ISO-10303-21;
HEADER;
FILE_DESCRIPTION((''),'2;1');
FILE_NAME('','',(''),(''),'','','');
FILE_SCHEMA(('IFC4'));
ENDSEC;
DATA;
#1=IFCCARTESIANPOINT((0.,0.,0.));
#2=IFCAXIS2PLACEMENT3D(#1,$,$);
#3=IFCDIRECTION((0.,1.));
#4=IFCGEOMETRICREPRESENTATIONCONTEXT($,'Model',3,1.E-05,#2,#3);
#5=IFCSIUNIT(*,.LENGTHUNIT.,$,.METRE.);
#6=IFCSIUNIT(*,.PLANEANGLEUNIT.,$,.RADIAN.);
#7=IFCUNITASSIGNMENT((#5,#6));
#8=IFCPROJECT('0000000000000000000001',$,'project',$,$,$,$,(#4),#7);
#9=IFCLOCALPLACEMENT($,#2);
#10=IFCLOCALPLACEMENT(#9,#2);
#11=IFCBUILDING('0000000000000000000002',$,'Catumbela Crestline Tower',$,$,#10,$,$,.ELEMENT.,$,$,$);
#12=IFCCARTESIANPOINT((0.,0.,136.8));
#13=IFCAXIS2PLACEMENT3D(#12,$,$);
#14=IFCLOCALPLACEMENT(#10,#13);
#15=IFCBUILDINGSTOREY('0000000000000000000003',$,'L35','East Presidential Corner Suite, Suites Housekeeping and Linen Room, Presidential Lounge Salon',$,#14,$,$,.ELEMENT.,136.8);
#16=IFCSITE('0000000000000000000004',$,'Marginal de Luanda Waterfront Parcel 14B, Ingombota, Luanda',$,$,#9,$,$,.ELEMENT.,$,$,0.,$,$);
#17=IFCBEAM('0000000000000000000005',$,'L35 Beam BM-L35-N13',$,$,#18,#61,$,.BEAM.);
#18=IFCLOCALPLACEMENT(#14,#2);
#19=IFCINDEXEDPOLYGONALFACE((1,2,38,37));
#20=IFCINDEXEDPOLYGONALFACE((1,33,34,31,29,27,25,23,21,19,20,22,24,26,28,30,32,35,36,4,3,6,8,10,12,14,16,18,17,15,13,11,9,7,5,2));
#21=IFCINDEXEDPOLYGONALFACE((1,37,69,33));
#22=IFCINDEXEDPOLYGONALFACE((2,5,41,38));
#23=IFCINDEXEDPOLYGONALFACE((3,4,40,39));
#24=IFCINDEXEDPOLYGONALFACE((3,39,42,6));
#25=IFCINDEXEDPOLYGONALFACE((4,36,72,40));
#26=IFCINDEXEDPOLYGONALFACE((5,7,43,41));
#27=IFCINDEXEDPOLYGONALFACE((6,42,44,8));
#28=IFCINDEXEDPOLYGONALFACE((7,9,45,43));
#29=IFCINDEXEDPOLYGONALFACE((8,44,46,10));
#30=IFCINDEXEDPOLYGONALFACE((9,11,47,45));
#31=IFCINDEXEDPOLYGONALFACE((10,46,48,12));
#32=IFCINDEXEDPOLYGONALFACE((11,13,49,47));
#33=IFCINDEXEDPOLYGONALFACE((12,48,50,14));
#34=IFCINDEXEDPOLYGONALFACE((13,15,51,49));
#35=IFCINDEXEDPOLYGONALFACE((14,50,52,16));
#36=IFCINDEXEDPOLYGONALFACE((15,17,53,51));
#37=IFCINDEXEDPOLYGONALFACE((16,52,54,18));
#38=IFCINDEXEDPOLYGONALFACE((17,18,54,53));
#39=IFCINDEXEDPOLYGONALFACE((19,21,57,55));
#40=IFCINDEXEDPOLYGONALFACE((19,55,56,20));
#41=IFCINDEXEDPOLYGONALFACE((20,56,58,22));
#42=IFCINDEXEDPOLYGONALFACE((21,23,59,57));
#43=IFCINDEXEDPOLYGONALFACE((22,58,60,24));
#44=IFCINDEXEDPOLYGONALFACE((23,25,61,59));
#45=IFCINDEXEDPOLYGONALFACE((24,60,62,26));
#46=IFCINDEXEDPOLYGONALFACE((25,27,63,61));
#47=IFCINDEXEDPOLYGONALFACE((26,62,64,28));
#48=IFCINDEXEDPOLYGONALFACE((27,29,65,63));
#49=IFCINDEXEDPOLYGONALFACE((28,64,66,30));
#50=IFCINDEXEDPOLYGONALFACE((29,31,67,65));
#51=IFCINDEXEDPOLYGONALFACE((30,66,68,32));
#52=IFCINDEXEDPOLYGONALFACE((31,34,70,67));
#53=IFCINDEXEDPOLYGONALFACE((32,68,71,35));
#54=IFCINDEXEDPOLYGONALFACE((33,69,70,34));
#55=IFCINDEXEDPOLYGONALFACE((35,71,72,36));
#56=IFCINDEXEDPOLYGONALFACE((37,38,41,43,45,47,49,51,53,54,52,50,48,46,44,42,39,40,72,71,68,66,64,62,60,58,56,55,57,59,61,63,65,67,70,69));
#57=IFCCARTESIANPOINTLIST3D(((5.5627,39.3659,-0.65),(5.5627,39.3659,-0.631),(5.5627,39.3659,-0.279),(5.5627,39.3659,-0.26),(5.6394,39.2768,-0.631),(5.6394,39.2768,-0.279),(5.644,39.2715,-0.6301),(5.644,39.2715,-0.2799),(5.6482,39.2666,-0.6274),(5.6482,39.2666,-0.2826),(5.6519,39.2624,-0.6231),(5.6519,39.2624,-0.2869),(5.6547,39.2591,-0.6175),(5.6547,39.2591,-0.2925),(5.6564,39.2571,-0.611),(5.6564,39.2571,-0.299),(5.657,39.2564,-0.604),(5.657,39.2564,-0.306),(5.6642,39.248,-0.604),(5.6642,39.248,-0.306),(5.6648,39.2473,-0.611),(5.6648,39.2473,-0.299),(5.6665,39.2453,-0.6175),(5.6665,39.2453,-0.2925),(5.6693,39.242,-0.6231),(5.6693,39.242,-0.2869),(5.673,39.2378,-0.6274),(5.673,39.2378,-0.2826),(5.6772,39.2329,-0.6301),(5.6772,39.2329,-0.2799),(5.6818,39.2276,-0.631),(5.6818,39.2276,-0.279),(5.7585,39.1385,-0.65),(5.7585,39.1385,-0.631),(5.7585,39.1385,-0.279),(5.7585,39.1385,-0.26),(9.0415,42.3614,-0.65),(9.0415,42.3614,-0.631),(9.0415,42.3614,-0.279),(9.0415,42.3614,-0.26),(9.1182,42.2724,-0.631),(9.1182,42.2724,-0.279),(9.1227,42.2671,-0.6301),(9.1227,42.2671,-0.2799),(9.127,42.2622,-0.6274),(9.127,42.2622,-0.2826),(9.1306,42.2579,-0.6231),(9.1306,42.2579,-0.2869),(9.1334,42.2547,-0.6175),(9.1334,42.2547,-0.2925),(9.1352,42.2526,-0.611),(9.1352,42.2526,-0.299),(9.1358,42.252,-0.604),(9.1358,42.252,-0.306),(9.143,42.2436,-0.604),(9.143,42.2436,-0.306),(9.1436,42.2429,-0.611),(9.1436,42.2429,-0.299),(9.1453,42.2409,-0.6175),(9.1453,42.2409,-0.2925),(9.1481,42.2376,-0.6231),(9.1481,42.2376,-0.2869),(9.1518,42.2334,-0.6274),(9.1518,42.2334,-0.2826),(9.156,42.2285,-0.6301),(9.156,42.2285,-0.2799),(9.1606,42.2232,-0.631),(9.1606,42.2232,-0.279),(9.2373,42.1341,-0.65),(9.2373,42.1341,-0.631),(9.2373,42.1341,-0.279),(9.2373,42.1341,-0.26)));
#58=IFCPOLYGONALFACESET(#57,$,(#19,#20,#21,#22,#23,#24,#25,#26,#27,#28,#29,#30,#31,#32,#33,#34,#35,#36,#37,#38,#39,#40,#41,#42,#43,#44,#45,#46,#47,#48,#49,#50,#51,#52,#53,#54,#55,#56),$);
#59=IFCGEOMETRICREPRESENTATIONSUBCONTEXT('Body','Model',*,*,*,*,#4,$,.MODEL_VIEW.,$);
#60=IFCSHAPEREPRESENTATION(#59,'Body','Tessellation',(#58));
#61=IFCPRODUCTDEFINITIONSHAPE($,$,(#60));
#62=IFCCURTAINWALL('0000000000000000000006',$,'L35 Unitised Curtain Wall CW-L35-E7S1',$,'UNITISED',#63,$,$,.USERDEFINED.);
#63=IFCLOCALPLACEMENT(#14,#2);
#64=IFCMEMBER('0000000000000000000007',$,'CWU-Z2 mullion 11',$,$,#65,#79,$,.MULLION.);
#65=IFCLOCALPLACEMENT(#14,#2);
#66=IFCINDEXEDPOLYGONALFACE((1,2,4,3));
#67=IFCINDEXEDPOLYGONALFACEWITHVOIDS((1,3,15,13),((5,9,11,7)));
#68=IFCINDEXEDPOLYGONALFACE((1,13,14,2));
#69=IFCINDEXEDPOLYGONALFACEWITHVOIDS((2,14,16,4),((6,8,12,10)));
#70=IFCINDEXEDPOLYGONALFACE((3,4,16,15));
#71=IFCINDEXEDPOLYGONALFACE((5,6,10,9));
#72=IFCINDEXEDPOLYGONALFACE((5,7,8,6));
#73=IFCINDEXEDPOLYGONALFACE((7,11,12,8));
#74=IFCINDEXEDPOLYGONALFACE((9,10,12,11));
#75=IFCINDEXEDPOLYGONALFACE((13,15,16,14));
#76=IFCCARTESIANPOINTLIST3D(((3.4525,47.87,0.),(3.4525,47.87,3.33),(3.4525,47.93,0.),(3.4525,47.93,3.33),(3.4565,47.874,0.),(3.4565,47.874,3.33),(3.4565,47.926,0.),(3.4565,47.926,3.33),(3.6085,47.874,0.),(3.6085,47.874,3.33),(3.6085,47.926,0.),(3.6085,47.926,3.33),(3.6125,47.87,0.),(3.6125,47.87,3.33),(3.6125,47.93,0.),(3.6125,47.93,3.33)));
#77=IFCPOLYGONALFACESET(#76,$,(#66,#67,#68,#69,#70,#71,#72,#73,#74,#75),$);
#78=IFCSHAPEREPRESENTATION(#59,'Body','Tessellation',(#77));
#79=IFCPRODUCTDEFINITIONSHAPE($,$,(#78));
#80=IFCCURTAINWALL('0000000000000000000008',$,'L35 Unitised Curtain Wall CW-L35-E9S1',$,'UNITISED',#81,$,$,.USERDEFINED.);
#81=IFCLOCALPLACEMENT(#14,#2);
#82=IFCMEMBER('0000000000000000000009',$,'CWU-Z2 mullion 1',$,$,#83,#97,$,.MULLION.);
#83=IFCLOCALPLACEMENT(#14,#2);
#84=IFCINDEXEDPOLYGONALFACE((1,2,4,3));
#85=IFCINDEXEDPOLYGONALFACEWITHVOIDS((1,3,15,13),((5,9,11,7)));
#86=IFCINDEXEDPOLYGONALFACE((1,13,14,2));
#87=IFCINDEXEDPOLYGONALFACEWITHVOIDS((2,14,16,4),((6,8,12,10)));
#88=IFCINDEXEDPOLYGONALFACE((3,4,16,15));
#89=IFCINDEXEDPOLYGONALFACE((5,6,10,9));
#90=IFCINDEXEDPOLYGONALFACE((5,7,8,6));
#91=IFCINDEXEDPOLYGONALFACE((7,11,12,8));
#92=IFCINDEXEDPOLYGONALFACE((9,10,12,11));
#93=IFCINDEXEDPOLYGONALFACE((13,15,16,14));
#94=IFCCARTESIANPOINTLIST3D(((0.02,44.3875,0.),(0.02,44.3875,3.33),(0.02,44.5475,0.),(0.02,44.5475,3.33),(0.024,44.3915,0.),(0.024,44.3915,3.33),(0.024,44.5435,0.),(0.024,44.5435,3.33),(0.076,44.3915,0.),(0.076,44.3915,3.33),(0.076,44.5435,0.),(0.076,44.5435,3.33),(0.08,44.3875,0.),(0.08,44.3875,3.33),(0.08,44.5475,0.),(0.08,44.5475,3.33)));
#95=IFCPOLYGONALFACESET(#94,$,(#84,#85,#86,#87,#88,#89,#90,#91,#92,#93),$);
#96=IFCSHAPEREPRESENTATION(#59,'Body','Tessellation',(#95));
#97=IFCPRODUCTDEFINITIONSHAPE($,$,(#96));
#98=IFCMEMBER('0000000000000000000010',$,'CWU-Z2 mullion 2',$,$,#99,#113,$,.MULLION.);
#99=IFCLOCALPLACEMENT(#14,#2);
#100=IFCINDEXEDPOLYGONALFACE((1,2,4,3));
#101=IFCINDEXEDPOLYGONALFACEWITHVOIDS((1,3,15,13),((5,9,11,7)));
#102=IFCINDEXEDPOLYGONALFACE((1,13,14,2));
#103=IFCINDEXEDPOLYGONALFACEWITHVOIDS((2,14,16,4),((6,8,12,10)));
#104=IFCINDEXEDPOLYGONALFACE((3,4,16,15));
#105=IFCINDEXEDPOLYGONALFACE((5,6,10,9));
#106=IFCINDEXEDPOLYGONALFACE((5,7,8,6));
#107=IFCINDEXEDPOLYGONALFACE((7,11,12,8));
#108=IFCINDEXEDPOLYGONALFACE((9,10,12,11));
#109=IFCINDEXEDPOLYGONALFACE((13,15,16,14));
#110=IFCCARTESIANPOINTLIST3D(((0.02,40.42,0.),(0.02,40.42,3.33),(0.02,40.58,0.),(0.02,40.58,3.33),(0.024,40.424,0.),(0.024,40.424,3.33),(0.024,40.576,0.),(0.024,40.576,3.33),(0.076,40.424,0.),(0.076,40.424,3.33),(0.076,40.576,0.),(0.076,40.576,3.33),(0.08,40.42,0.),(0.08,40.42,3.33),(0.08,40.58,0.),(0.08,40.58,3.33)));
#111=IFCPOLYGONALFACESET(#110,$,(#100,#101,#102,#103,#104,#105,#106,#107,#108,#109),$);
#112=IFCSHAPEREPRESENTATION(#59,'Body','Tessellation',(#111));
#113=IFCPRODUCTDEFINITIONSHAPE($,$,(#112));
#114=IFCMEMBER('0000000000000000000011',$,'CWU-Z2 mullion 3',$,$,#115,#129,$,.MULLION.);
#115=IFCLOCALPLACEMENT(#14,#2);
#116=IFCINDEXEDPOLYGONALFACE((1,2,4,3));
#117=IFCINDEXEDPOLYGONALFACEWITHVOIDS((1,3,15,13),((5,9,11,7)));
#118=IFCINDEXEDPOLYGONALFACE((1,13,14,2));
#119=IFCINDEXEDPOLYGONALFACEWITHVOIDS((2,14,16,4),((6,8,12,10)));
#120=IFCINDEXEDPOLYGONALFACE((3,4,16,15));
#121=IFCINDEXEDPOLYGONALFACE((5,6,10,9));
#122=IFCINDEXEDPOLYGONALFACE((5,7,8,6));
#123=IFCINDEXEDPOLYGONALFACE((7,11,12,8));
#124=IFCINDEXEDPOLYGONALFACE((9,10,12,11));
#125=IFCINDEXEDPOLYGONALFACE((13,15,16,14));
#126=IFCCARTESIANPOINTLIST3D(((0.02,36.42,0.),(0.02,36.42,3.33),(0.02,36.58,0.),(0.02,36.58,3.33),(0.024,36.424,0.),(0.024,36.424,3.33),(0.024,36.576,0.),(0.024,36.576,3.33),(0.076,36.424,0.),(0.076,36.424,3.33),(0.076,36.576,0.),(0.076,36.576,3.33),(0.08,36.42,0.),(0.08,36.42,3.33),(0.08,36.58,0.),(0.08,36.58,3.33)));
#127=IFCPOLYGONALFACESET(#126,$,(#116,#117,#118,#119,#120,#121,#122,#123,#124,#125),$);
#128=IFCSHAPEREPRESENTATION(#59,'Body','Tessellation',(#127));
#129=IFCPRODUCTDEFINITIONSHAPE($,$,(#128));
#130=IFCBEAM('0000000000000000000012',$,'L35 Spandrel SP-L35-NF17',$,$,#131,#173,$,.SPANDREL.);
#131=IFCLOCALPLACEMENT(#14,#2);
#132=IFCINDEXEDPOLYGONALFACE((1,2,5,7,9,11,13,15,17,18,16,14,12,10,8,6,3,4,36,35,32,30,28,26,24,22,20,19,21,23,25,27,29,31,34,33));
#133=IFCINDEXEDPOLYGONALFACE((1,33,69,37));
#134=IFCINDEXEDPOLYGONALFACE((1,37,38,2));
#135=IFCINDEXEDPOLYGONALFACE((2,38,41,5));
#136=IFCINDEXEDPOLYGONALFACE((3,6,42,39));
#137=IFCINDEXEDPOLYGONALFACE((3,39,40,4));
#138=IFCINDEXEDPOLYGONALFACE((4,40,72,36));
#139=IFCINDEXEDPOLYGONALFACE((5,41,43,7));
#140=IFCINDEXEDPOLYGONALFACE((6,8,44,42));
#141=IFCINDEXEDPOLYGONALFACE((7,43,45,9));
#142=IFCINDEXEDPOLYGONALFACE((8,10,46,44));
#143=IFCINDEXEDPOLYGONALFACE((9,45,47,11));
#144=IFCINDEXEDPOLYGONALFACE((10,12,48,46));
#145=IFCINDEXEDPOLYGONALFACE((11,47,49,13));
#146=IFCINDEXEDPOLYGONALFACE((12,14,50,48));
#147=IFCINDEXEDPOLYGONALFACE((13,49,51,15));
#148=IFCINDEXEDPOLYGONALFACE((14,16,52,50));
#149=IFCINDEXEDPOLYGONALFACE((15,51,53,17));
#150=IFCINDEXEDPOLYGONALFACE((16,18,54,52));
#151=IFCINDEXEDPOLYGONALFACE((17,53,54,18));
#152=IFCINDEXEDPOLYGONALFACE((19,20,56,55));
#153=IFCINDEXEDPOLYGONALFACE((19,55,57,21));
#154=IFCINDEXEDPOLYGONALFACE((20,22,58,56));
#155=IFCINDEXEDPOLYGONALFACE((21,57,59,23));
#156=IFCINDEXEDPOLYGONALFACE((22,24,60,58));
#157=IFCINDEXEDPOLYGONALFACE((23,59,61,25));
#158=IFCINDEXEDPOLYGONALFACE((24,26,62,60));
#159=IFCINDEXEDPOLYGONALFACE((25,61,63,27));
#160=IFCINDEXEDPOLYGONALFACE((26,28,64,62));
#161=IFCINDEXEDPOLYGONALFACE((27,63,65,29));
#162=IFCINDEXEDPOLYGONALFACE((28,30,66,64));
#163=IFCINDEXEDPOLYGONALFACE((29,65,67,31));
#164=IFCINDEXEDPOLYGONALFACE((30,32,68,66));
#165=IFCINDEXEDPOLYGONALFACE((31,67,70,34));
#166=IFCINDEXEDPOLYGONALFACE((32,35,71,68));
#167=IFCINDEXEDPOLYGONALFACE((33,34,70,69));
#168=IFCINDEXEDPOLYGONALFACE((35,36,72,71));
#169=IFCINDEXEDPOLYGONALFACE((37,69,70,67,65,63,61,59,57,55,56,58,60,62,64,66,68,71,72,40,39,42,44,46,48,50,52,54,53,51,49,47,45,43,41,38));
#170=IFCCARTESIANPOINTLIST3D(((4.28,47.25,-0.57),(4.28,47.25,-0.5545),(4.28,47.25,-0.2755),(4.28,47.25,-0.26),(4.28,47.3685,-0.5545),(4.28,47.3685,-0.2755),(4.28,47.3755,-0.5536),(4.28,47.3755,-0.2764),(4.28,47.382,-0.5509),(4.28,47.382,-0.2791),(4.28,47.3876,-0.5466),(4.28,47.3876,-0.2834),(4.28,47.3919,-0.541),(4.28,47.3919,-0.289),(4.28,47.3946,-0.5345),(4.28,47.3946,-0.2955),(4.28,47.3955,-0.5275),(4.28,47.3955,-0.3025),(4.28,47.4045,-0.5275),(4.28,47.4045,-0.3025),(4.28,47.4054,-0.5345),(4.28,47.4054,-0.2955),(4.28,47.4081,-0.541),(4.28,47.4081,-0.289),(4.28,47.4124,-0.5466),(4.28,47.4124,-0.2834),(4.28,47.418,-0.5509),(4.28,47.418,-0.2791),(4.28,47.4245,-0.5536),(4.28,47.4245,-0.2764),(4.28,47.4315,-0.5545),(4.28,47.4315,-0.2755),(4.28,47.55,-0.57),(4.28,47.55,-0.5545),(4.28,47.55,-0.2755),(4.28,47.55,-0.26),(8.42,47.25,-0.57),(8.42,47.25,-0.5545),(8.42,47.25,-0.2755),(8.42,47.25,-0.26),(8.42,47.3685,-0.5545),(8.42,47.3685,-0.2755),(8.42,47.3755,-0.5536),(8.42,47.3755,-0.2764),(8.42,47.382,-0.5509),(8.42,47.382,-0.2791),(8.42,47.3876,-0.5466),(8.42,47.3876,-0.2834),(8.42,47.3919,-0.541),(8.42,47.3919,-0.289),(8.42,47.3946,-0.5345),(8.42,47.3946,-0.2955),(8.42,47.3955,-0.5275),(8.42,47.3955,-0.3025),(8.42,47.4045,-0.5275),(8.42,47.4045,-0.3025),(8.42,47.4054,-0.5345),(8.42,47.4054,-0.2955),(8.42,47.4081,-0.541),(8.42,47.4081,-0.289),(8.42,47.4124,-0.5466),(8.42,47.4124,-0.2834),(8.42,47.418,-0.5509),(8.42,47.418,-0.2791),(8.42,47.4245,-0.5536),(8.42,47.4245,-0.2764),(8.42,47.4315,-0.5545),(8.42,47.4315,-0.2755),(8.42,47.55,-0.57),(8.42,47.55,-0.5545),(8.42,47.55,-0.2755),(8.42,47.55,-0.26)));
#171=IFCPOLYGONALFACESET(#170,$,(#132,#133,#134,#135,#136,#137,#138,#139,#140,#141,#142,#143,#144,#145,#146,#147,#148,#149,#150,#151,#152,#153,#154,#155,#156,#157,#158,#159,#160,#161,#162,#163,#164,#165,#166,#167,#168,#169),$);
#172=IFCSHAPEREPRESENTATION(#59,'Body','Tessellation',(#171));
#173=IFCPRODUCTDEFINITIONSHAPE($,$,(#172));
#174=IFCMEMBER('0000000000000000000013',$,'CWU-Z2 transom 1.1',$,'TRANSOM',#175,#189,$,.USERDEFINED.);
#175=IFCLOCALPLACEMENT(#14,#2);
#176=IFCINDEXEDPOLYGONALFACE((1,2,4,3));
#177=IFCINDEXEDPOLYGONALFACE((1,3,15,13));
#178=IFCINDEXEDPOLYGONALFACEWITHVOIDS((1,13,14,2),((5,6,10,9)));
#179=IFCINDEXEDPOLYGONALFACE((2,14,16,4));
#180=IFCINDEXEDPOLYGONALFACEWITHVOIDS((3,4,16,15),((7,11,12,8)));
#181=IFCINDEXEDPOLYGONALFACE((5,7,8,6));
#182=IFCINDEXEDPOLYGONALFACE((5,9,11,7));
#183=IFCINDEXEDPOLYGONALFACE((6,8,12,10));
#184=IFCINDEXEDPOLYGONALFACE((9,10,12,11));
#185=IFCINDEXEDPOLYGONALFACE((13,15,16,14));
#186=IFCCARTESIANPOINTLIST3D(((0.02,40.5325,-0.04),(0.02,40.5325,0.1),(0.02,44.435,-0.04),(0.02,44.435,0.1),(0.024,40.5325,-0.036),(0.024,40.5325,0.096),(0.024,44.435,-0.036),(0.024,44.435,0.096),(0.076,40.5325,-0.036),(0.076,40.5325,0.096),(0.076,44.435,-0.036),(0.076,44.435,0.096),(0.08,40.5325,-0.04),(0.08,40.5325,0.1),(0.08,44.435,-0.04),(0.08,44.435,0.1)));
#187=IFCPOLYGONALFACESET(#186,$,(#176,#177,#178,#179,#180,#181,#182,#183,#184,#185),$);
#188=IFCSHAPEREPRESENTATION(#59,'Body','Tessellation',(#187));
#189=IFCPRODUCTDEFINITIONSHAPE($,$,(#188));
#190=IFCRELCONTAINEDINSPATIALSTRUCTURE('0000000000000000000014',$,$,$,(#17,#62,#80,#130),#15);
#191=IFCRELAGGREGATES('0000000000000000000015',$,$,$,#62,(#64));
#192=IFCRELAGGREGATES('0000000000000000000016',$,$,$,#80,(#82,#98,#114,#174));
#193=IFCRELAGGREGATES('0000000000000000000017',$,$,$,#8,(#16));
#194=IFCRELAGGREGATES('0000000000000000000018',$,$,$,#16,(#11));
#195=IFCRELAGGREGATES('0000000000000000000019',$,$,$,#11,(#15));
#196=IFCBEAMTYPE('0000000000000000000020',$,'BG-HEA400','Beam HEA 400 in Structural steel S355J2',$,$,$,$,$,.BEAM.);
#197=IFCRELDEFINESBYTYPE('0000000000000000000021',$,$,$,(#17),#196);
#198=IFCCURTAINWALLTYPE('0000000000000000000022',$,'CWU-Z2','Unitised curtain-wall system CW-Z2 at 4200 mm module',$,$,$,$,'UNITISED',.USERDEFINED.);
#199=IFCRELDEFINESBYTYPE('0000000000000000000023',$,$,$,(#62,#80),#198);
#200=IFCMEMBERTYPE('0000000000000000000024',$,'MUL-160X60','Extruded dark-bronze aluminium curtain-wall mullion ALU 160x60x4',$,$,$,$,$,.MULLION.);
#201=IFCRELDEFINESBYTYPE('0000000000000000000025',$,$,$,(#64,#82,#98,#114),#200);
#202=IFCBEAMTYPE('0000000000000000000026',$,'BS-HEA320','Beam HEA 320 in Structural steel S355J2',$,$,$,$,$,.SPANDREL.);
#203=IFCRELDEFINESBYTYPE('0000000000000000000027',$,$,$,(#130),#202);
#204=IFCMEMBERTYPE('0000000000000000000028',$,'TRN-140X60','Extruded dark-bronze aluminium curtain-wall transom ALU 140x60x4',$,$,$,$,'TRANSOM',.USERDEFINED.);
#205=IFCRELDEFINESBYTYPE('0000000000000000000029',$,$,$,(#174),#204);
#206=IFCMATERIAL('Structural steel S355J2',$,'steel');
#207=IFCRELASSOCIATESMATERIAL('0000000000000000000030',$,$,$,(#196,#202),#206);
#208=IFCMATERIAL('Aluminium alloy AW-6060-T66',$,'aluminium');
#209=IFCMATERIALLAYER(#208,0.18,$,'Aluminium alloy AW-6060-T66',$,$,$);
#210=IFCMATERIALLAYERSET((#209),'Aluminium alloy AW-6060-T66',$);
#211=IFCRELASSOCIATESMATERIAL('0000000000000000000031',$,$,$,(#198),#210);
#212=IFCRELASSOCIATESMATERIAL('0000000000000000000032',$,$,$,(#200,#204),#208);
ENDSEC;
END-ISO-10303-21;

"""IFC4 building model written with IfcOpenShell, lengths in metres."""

from ifc_helpers import new_model, si_unit, direction, frame, origin, origin_2d, place, context, subcontext, project, spatial, hollow_rectangle, i_section, extrude, material, layer, layer_set, material_profile, profile_set, type_object, element, aggregate, save


model = new_model("IFC4")

# Units and contexts
model_context = context("Model", 3, precision=1e-05, world=origin(), true_north=direction((0.0, 1.0)))
body_context = subcontext(model_context, "Body", "Model", "MODEL_VIEW")
ifc_project = project(units=[si_unit("LENGTHUNIT", "METRE"), si_unit("PLANEANGLEUNIT", "RADIAN")], contexts=[model_context])

# Site, building, storey
site_placement = place(None, origin())
site = spatial("IfcSite", under=ifc_project, at=site_placement, Name="Marginal de Luanda Waterfront Parcel 14B, Ingombota, Luanda", CompositionType="ELEMENT", RefElevation=0.0)
building_placement = place(site_placement, origin())
building = spatial("IfcBuilding", under=site, at=building_placement, Name="Catumbela Crestline Tower", CompositionType="ELEMENT")
storey_placement = place(building_placement, frame((0.0, 0.0, 136.8)))
storey = spatial("IfcBuildingStorey", under=building, at=storey_placement, Name="L35", Description="East Presidential Corner Suite, Suites Housekeeping and Linen Room, Presidential Lounge Salon", CompositionType="ELEMENT", Elevation=136.8)

# Beam
ifc_material_1 = material(Name="Structural steel S355J2", Category="steel")
ifc_material_profile_1 = material_profile(ifc_material_1, i_section(OverallWidth=0.3, OverallDepth=0.39, WebThickness=0.011, FlangeThickness=0.019, FilletRadius=0.027, at=origin_2d()), Name="HEA 400")
ifc_profile_set_1 = profile_set([ifc_material_profile_1], Name="Structural steel S355J2")
beam_type_1 = type_object("IfcBeamType", Name="BG-HEA400", Description="Beam HEA 400 in Structural steel S355J2", PredefinedType="BEAM", material=ifc_profile_set_1)
beam_1_placement = place(storey_placement, frame((5.6606, 39.2522, -0.455), z_axis=(0.757772, 0.652519, 0.0), x_axis=(-0.652519, 0.757772, 0.0)))
element("IfcBeam", 1, at=beam_1_placement, inside=storey, type_object=beam_type_1, Name="L35 Beam BM-L35-N13", PredefinedType="BEAM", context=body_context, shape_type="SweptSolid", body=[
    extrude(i_section(OverallWidth=0.3, OverallDepth=0.39, WebThickness=0.011, FlangeThickness=0.019, FilletRadius=0.027, at=origin_2d()), origin(), (0.0, 0.0, 1.0), 4.5908),
])

# Curtain wall, member
ifc_material_2 = material(Name="Aluminium alloy AW-6060-T66", Category="aluminium")
ifc_layer_1 = layer(ifc_material_2, 0.18, Name="Aluminium alloy AW-6060-T66")
ifc_layer_set_1 = layer_set([ifc_layer_1], Name="Aluminium alloy AW-6060-T66")
curtain_wall_type = type_object("IfcCurtainWallType", Name="CWU-Z2", Description="Unitised curtain-wall system CW-Z2 at 4200 mm module", ElementType="UNITISED", PredefinedType="USERDEFINED", material=ifc_layer_set_1)
curtain_wall_1_placement = place(storey_placement, origin())
curtain_wall_1 = element("IfcCurtainWall", 2, at=curtain_wall_1_placement, inside=storey, type_object=curtain_wall_type, Name="L35 Unitised Curtain Wall CW-L35-E7S1", ObjectType="UNITISED", PredefinedType="USERDEFINED")
ifc_material_profile_2 = material_profile(ifc_material_2, hollow_rectangle(XDim=0.06, YDim=0.16, WallThickness=0.004, at=origin_2d()), Name="ALU 160x60x4")
ifc_profile_set_2 = profile_set([ifc_material_profile_2], Name="Aluminium alloy AW-6060-T66")
member_type_1 = type_object("IfcMemberType", Name="MUL-160X60", Description="Extruded dark-bronze aluminium curtain-wall mullion ALU 160x60x4", PredefinedType="MULLION", material=ifc_profile_set_2)
member_1_placement = place(storey_placement, frame((3.5325, 47.9, 0.0), z_axis=(0.0, 0.0, 1.0), x_axis=(0.0, -1.0, 0.0)))
member_1 = element("IfcMember", 3, at=member_1_placement, type_object=member_type_1, Name="CWU-Z2 mullion 11", PredefinedType="MULLION", context=body_context, shape_type="SweptSolid", body=[
    extrude(hollow_rectangle(XDim=0.06, YDim=0.16, WallThickness=0.004, at=origin_2d()), origin(), (0.0, 0.0, 1.0), 3.33),
])

# Curtain wall, members
curtain_wall_2_placement = place(storey_placement, origin())
curtain_wall_2 = element("IfcCurtainWall", 4, at=curtain_wall_2_placement, inside=storey, type_object=curtain_wall_type, Name="L35 Unitised Curtain Wall CW-L35-E9S1", ObjectType="UNITISED", PredefinedType="USERDEFINED")
member_2_placement = place(storey_placement, frame((0.05, 44.4675, 0.0), z_axis=(0.0, 0.0, 1.0), x_axis=(1.0, 0.0, 0.0)))
member_2 = element("IfcMember", 5, at=member_2_placement, type_object=member_type_1, Name="CWU-Z2 mullion 1", PredefinedType="MULLION", context=body_context, shape_type="SweptSolid", body=[
    extrude(hollow_rectangle(XDim=0.06, YDim=0.16, WallThickness=0.004, at=origin_2d()), origin(), (0.0, 0.0, 1.0), 3.33),
])
member_3_placement = place(storey_placement, frame((0.05, 40.5, 0.0), z_axis=(0.0, 0.0, 1.0), x_axis=(1.0, 0.0, 0.0)))
member_3 = element("IfcMember", 6, at=member_3_placement, type_object=member_type_1, Name="CWU-Z2 mullion 2", PredefinedType="MULLION", context=body_context, shape_type="SweptSolid", body=[
    extrude(hollow_rectangle(XDim=0.06, YDim=0.16, WallThickness=0.004, at=origin_2d()), origin(), (0.0, 0.0, 1.0), 3.33),
])
member_4_placement = place(storey_placement, frame((0.05, 36.5, 0.0), z_axis=(0.0, 0.0, 1.0), x_axis=(1.0, 0.0, 0.0)))
member_4 = element("IfcMember", 7, at=member_4_placement, type_object=member_type_1, Name="CWU-Z2 mullion 3", PredefinedType="MULLION", context=body_context, shape_type="SweptSolid", body=[
    extrude(hollow_rectangle(XDim=0.06, YDim=0.16, WallThickness=0.004, at=origin_2d()), origin(), (0.0, 0.0, 1.0), 3.33),
])

# Beam
ifc_material_profile_3 = material_profile(ifc_material_1, i_section(OverallWidth=0.3, OverallDepth=0.31, WebThickness=0.009, FlangeThickness=0.0155, FilletRadius=0.027, at=origin_2d()), Name="HEA 320")
ifc_profile_set_3 = profile_set([ifc_material_profile_3], Name="Structural steel S355J2")
beam_type_2 = type_object("IfcBeamType", Name="BS-HEA320", Description="Beam HEA 320 in Structural steel S355J2", PredefinedType="SPANDREL", material=ifc_profile_set_3)
beam_2_placement = place(storey_placement, frame((4.28, 47.4, -0.415), z_axis=(1.0, 0.0, 0.0), x_axis=(0.0, 1.0, 0.0)))
element("IfcBeam", 8, at=beam_2_placement, inside=storey, type_object=beam_type_2, Name="L35 Spandrel SP-L35-NF17", PredefinedType="SPANDREL", context=body_context, shape_type="SweptSolid", body=[
    extrude(i_section(OverallWidth=0.3, OverallDepth=0.31, WebThickness=0.009, FlangeThickness=0.0155, FilletRadius=0.027, at=origin_2d()), origin(), (0.0, 0.0, 1.0), 4.14),
])

# Member
ifc_material_profile_4 = material_profile(ifc_material_2, hollow_rectangle(XDim=0.06, YDim=0.14, WallThickness=0.004, at=origin_2d()), Name="ALU 140x60x4")
ifc_profile_set_4 = profile_set([ifc_material_profile_4], Name="Aluminium alloy AW-6060-T66")
member_type_2 = type_object("IfcMemberType", Name="TRN-140X60", Description="Extruded dark-bronze aluminium curtain-wall transom ALU 140x60x4", ElementType="TRANSOM", PredefinedType="USERDEFINED", material=ifc_profile_set_4)
member_5_placement = place(storey_placement, frame((0.05, 44.435, 0.03), z_axis=(0.0, -1.0, 0.0), x_axis=(1.0, 0.0, 0.0)))
member_5 = element("IfcMember", 9, at=member_5_placement, type_object=member_type_2, Name="CWU-Z2 transom 1.1", ObjectType="TRANSOM", PredefinedType="USERDEFINED", context=body_context, shape_type="SweptSolid", body=[
    extrude(hollow_rectangle(XDim=0.06, YDim=0.14, WallThickness=0.004, at=origin_2d()), origin(), (0.0, 0.0, 1.0), 3.9025),
])

aggregate(curtain_wall_1, [member_1])
aggregate(curtain_wall_2, [member_2, member_3, member_4, member_5])

save(model, "model.ifc")
